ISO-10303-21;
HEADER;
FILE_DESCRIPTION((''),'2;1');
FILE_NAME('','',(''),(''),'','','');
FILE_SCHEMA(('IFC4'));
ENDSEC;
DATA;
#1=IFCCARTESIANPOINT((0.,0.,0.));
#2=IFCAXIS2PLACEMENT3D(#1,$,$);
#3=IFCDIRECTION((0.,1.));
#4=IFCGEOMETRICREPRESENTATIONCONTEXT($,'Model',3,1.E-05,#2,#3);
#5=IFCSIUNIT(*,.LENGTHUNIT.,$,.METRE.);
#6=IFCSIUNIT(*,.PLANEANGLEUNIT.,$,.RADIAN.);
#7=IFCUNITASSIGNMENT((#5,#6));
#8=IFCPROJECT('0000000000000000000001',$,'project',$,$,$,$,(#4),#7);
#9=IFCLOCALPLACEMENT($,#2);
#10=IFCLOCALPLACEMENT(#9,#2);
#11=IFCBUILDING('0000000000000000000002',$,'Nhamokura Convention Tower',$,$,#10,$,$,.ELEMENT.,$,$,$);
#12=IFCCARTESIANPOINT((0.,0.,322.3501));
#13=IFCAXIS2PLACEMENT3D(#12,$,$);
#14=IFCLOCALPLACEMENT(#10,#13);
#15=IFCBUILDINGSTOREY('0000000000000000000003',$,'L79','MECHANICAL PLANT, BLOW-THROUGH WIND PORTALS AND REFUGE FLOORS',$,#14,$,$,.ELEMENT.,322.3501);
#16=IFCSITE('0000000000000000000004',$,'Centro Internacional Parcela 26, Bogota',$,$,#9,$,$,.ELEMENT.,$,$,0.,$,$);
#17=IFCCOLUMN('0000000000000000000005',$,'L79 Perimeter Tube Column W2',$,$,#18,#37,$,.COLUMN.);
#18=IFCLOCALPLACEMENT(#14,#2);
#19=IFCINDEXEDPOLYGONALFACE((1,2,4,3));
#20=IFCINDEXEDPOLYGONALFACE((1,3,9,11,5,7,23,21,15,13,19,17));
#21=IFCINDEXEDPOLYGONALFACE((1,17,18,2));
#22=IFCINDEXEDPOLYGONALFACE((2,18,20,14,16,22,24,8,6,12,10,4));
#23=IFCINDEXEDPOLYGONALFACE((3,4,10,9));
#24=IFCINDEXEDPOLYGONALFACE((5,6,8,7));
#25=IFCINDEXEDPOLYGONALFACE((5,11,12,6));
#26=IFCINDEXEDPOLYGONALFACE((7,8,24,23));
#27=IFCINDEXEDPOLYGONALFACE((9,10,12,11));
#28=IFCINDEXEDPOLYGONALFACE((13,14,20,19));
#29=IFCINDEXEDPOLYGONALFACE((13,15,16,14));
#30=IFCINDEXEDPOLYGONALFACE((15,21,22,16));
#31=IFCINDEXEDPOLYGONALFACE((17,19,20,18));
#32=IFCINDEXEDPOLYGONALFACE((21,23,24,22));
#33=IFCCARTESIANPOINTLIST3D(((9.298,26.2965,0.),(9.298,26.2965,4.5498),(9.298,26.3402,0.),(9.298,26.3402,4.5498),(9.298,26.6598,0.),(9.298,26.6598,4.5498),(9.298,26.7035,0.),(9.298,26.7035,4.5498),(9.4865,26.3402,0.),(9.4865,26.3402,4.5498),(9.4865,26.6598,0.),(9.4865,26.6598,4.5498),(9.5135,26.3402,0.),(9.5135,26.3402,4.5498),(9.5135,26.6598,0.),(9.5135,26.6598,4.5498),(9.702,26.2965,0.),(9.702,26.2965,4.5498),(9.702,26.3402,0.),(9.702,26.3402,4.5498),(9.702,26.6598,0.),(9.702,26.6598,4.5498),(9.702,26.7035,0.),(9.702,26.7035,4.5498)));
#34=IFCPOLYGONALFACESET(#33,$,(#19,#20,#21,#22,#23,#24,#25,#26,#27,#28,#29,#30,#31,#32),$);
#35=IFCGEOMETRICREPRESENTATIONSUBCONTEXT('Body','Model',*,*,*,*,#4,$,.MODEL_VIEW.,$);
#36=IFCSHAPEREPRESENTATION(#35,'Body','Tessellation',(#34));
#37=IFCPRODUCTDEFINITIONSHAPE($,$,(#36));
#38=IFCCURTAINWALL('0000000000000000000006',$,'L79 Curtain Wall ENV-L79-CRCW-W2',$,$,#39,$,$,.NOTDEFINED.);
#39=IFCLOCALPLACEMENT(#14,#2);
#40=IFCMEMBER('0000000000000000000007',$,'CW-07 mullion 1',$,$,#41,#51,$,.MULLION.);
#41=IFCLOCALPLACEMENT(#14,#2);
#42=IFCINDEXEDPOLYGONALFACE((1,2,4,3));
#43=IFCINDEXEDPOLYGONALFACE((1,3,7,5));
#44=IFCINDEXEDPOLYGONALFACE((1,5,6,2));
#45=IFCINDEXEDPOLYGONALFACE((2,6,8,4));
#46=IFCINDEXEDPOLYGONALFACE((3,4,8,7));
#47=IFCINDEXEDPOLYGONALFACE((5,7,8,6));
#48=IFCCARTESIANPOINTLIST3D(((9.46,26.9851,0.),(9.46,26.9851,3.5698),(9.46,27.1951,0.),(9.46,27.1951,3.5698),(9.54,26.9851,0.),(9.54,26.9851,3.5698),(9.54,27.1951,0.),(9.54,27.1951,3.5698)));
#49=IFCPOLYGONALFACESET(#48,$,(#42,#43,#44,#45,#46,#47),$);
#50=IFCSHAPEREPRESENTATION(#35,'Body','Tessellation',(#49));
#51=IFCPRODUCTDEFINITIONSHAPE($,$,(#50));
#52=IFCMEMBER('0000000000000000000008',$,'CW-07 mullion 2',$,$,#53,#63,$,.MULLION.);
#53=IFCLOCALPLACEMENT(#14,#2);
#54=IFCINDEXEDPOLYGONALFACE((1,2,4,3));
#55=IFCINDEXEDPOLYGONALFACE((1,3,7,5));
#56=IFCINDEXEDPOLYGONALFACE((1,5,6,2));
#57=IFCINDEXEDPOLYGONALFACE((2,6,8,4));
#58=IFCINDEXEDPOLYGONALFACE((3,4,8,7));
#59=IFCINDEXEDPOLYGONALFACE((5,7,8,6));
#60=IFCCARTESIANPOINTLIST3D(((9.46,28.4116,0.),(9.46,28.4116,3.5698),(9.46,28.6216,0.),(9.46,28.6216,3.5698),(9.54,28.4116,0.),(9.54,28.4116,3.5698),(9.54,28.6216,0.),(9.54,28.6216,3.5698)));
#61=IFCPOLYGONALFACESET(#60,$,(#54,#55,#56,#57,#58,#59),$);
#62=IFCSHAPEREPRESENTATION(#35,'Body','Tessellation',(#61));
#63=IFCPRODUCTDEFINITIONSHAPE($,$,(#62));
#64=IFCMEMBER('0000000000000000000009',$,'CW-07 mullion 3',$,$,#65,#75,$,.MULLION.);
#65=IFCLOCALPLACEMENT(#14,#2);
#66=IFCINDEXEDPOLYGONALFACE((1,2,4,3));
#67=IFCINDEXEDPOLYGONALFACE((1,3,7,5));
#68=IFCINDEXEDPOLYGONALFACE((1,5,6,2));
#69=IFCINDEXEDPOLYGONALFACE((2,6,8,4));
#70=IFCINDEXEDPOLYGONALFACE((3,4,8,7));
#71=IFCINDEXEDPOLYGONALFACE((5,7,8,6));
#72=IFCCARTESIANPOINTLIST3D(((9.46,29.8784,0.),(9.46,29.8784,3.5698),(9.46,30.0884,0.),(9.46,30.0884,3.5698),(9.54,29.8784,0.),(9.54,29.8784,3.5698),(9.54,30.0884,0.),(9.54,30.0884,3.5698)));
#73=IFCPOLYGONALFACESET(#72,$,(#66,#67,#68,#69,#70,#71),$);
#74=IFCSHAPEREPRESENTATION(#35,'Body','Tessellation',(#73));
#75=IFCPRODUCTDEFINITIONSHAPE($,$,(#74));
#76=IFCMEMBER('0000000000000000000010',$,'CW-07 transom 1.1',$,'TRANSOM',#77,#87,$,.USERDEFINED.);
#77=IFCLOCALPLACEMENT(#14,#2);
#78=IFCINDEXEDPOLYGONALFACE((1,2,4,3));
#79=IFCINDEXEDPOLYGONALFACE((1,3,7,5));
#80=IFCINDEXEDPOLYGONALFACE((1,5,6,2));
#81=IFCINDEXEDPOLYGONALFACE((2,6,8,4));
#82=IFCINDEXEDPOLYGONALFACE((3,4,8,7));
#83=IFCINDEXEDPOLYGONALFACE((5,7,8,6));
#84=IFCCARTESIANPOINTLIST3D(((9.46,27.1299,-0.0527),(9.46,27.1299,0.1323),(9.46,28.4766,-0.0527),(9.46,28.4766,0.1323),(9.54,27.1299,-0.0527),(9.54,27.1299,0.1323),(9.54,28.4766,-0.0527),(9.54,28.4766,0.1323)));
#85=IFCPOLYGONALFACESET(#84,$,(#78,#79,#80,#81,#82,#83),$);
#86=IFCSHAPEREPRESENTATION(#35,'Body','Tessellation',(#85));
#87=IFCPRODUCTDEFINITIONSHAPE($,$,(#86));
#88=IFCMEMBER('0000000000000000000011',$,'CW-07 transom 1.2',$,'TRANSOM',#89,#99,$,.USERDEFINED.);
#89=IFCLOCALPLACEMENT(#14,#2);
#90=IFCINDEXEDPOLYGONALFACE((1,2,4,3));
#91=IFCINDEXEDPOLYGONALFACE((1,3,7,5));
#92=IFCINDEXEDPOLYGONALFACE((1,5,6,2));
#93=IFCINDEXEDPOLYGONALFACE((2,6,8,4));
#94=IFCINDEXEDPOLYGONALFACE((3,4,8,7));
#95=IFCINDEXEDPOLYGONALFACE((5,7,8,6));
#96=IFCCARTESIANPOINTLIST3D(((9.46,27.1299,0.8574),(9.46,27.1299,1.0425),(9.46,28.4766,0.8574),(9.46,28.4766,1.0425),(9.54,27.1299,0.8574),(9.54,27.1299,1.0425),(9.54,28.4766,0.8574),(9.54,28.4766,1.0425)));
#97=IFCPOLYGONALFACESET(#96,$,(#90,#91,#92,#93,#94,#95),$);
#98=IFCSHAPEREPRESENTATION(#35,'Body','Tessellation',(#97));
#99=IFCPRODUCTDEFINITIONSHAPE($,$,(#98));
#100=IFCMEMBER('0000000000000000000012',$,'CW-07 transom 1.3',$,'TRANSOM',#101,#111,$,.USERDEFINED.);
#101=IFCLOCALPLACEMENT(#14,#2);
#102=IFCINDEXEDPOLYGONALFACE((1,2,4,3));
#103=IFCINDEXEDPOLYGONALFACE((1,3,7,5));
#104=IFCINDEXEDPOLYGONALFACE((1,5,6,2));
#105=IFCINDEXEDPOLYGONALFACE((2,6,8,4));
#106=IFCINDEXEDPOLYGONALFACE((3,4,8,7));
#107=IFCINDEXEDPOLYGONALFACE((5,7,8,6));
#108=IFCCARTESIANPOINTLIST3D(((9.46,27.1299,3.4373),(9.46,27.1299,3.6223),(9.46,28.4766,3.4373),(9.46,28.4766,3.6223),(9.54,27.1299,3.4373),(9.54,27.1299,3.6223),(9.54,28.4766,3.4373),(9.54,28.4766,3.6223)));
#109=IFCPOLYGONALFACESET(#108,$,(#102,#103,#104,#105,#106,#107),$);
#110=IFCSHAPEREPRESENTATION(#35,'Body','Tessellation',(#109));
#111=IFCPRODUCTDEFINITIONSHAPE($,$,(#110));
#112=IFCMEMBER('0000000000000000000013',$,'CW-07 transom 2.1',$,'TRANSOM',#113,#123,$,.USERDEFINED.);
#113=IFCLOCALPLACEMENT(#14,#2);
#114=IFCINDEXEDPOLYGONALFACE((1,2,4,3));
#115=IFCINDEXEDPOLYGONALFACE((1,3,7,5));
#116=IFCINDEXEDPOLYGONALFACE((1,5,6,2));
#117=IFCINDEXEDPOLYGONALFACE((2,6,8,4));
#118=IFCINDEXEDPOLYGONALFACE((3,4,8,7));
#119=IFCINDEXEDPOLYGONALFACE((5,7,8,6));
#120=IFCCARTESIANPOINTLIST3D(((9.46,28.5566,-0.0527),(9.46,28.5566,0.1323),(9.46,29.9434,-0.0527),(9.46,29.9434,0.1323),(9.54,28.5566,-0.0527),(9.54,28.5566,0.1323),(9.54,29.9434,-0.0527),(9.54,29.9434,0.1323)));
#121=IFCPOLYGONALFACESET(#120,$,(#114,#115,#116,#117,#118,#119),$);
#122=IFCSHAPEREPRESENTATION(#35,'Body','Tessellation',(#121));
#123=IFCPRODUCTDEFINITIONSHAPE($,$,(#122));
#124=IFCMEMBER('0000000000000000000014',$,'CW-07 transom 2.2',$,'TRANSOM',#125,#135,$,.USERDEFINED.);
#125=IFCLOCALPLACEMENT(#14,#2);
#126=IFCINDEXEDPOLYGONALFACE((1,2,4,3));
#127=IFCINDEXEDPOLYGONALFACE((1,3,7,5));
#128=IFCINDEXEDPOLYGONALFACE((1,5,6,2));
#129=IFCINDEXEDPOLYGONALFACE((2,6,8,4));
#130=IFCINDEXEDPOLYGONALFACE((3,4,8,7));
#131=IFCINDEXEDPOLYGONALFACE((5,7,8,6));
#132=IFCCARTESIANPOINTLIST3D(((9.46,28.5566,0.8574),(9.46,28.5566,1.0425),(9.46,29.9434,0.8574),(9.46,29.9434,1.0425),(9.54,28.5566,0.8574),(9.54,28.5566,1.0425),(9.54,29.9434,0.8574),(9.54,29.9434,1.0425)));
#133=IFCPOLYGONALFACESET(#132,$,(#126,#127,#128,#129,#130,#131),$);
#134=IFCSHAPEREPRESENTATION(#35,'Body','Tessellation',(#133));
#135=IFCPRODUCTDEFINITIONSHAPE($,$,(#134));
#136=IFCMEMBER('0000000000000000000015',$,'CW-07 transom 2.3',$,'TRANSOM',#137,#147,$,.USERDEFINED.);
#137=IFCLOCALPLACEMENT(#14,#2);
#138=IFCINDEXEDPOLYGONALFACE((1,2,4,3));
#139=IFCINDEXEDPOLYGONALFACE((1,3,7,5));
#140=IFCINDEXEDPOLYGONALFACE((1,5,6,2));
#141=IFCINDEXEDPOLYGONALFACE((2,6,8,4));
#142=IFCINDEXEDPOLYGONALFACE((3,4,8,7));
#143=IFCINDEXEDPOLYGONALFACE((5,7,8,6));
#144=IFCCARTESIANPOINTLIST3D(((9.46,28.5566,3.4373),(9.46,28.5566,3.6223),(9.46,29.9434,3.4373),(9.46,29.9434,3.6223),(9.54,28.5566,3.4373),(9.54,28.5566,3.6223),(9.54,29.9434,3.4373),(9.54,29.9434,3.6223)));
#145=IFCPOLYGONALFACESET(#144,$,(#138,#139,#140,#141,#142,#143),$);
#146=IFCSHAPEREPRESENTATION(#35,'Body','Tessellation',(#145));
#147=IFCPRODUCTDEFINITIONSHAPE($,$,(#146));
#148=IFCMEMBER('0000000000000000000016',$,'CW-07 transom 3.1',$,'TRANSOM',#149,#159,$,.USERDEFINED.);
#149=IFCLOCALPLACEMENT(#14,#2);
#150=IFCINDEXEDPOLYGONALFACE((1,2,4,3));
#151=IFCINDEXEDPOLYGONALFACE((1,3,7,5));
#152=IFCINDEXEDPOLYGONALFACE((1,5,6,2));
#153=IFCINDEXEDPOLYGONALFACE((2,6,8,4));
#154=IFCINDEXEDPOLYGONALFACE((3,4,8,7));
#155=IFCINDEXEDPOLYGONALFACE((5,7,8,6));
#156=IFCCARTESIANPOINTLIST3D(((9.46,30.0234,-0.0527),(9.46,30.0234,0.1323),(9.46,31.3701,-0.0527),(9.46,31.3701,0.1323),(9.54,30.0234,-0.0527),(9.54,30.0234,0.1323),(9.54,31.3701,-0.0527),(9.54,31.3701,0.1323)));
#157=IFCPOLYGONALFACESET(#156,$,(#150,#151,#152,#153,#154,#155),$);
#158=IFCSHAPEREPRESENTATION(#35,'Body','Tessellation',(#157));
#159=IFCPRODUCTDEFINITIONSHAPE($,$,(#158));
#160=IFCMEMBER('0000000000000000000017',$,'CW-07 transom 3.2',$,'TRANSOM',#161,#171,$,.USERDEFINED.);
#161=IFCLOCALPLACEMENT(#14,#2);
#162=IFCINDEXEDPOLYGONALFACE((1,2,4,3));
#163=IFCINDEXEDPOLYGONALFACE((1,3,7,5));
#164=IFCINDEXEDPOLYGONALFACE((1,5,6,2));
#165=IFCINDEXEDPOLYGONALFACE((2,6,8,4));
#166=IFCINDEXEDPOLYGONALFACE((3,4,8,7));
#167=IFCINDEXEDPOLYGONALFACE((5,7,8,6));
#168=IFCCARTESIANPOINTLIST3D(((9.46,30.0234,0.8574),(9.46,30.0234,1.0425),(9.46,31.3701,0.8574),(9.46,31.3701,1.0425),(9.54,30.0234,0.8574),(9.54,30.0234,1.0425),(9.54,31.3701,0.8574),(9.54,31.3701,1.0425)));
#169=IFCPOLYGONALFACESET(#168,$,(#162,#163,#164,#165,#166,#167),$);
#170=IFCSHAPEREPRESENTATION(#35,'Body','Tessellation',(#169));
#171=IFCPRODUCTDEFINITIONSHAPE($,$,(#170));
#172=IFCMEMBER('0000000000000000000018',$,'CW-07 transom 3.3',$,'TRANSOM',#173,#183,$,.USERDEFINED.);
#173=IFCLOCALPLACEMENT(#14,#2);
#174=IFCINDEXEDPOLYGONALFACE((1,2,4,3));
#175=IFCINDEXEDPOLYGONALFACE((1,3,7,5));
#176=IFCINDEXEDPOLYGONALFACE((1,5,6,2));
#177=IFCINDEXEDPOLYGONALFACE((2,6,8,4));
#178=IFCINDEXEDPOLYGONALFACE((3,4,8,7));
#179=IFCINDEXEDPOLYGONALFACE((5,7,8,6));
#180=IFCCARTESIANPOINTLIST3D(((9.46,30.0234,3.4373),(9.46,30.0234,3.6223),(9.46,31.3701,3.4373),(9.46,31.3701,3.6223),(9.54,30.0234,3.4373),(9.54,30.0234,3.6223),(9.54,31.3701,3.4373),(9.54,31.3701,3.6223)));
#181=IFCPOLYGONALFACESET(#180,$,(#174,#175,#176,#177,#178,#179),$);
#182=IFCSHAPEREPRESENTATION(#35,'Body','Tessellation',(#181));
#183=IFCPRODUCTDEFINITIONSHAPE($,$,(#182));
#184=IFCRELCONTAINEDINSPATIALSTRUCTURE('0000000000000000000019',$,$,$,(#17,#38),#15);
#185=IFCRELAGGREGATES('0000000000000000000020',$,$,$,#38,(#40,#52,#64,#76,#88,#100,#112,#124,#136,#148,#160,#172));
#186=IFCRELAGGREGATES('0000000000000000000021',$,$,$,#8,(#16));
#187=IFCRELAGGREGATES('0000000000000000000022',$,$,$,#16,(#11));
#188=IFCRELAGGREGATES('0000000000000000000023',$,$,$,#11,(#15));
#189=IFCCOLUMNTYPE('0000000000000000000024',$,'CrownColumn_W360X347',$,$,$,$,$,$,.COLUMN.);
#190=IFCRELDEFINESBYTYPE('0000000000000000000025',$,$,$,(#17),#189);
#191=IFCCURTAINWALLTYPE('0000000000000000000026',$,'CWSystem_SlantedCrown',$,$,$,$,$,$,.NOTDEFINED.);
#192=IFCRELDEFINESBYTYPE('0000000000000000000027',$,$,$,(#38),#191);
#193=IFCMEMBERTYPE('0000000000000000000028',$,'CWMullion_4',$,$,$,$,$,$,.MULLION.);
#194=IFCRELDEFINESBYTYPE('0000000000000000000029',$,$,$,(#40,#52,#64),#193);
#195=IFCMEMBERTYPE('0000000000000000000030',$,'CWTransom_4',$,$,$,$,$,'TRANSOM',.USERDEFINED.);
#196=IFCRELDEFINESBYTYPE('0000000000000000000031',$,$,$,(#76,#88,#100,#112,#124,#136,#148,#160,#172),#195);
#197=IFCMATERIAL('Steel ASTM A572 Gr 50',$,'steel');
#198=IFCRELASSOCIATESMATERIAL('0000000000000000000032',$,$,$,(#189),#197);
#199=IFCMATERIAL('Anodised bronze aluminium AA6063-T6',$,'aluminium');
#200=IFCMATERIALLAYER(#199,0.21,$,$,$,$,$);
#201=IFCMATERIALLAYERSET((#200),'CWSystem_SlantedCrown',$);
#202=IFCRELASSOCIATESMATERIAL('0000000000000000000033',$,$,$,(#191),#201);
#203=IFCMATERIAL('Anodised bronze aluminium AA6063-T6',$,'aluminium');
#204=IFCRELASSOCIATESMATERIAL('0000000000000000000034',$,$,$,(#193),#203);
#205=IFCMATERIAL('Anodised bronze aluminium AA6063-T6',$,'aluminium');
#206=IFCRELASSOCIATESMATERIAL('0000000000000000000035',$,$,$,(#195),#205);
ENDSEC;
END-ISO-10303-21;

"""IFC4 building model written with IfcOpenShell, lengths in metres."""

from ifc_helpers import new_model, si_unit, direction, frame, origin, origin_2d, place, context, subcontext, project, spatial, rectangle, i_section, extrude, material, layer, layer_set, material_profile, profile_set, type_object, element, aggregate, save


model = new_model("IFC4")

# Units and contexts
model_context = context("Model", 3, precision=1e-05, world=origin(), true_north=direction((0.0, 1.0)))
body_context = subcontext(model_context, "Body", "Model", "MODEL_VIEW")
ifc_project = project(units=[si_unit("LENGTHUNIT", "METRE"), si_unit("PLANEANGLEUNIT", "RADIAN")], contexts=[model_context])

# Site, building, storey
site_placement = place(None, origin())
site = spatial("IfcSite", under=ifc_project, at=site_placement, Name="Centro Internacional Parcela 26, Bogota", CompositionType="ELEMENT", RefElevation=0.0)
building_placement = place(site_placement, origin())
building = spatial("IfcBuilding", under=site, at=building_placement, Name="Nhamokura Convention Tower", CompositionType="ELEMENT")
storey_placement = place(building_placement, frame((0.0, 0.0, 322.3501)))
storey = spatial("IfcBuildingStorey", under=building, at=storey_placement, Name="L79", Description="MECHANICAL PLANT, BLOW-THROUGH WIND PORTALS AND REFUGE FLOORS", CompositionType="ELEMENT", Elevation=322.3501)

# Column
ifc_material_1 = material(Name="Steel ASTM A572 Gr 50", Category="steel")
ifc_material_profile_1 = material_profile(ifc_material_1, i_section(OverallWidth=0.4041, OverallDepth=0.407, WebThickness=0.0271, FlangeThickness=0.0437, at=origin_2d()))
ifc_profile_set_1 = profile_set([ifc_material_profile_1], Name="Steel ASTM A572 Gr 50")
column_type = type_object("IfcColumnType", Name="CrownColumn_W360X347", PredefinedType="COLUMN", material=ifc_profile_set_1)
column_placement = place(storey_placement, frame((9.5, 26.5, 0.0), z_axis=(0.0, 0.0, 1.0), x_axis=(1.0, 0.0, 0.0)))
element("IfcColumn", 1, at=column_placement, inside=storey, type_object=column_type, Name="L79 Perimeter Tube Column W2", PredefinedType="COLUMN", context=body_context, shape_type="SweptSolid", body=[
    extrude(i_section(OverallWidth=0.4041, OverallDepth=0.407, WebThickness=0.0271, FlangeThickness=0.0437, at=origin_2d()), origin(), (0.0, 0.0, 1.0), 4.5498),
])

# Curtain wall, members
ifc_material_2 = material(Name="Anodised bronze aluminium AA6063-T6", Category="aluminium")
ifc_layer_1 = layer(ifc_material_2, 0.21)
ifc_layer_set_1 = layer_set([ifc_layer_1], Name="CWSystem_SlantedCrown")
curtain_wall_type = type_object("IfcCurtainWallType", Name="CWSystem_SlantedCrown", PredefinedType="NOTDEFINED", material=ifc_layer_set_1)
curtain_wall_placement = place(storey_placement, origin())
curtain_wall = element("IfcCurtainWall", 2, at=curtain_wall_placement, inside=storey, type_object=curtain_wall_type, Name="L79 Curtain Wall ENV-L79-CRCW-W2", PredefinedType="NOTDEFINED")
ifc_material_3 = material(Name="Anodised bronze aluminium AA6063-T6", Category="aluminium")
ifc_material_profile_2 = material_profile(ifc_material_3, rectangle(XDim=0.0801, YDim=0.21, at=origin_2d()))
ifc_profile_set_2 = profile_set([ifc_material_profile_2], Name="Anodised bronze aluminium AA6063-T6")
member_type_1 = type_object("IfcMemberType", Name="CWMullion_4", PredefinedType="MULLION", material=ifc_profile_set_2)
member_1_placement = place(storey_placement, frame((9.5, 27.0901, 0.0), z_axis=(0.0, 0.0, 1.0), x_axis=(-1.0, 0.0, 0.0)))
member_1 = element("IfcMember", 3, at=member_1_placement, type_object=member_type_1, Name="CW-07 mullion 1", PredefinedType="MULLION", context=body_context, shape_type="SweptSolid", body=[
    extrude(rectangle(XDim=0.0801, YDim=0.21, at=origin_2d()), origin(), (0.0, 0.0, 1.0), 3.5698),
])
member_2_placement = place(storey_placement, frame((9.5, 28.5166, 0.0), z_axis=(0.0, 0.0, 1.0), x_axis=(-1.0, 0.0, 0.0)))
member_2 = element("IfcMember", 4, at=member_2_placement, type_object=member_type_1, Name="CW-07 mullion 2", PredefinedType="MULLION", context=body_context, shape_type="SweptSolid", body=[
    extrude(rectangle(XDim=0.0801, YDim=0.21, at=origin_2d()), origin(), (0.0, 0.0, 1.0), 3.5698),
])
member_3_placement = place(storey_placement, frame((9.5, 29.9834, 0.0), z_axis=(0.0, 0.0, 1.0), x_axis=(-1.0, 0.0, 0.0)))
member_3 = element("IfcMember", 5, at=member_3_placement, type_object=member_type_1, Name="CW-07 mullion 3", PredefinedType="MULLION", context=body_context, shape_type="SweptSolid", body=[
    extrude(rectangle(XDim=0.0801, YDim=0.21, at=origin_2d()), origin(), (0.0, 0.0, 1.0), 3.5698),
])
ifc_material_4 = material(Name="Anodised bronze aluminium AA6063-T6", Category="aluminium")
ifc_material_profile_3 = material_profile(ifc_material_4, rectangle(XDim=0.0801, YDim=0.1851, at=origin_2d()))
ifc_profile_set_3 = profile_set([ifc_material_profile_3], Name="Anodised bronze aluminium AA6063-T6")
member_type_2 = type_object("IfcMemberType", Name="CWTransom_4", ElementType="TRANSOM", PredefinedType="USERDEFINED", material=ifc_profile_set_3)
member_4_placement = place(storey_placement, frame((9.5, 27.1299, 0.0398), z_axis=(0.0, 1.0, 0.0), x_axis=(-1.0, 0.0, 0.0)))
member_4 = element("IfcMember", 6, at=member_4_placement, type_object=member_type_2, Name="CW-07 transom 1.1", ObjectType="TRANSOM", PredefinedType="USERDEFINED", context=body_context, shape_type="SweptSolid", body=[
    extrude(rectangle(XDim=0.0801, YDim=0.1851, at=origin_2d()), origin(), (0.0, 0.0, 1.0), 1.3467),
])
member_5_placement = place(storey_placement, frame((9.5, 27.1299, 0.95), z_axis=(0.0, 1.0, 0.0), x_axis=(-1.0, 0.0, 0.0)))
member_5 = element("IfcMember", 7, at=member_5_placement, type_object=member_type_2, Name="CW-07 transom 1.2", ObjectType="TRANSOM", PredefinedType="USERDEFINED", context=body_context, shape_type="SweptSolid", body=[
    extrude(rectangle(XDim=0.0801, YDim=0.1851, at=origin_2d()), origin(), (0.0, 0.0, 1.0), 1.3467),
])
member_6_placement = place(storey_placement, frame((9.5, 27.1299, 3.5298), z_axis=(0.0, 1.0, 0.0), x_axis=(-1.0, 0.0, 0.0)))
member_6 = element("IfcMember", 8, at=member_6_placement, type_object=member_type_2, Name="CW-07 transom 1.3", ObjectType="TRANSOM", PredefinedType="USERDEFINED", context=body_context, shape_type="SweptSolid", body=[
    extrude(rectangle(XDim=0.0801, YDim=0.1851, at=origin_2d()), origin(), (0.0, 0.0, 1.0), 1.3467),
])
member_7_placement = place(storey_placement, frame((9.5, 28.5566, 0.0398), z_axis=(0.0, 1.0, 0.0), x_axis=(-1.0, 0.0, 0.0)))
member_7 = element("IfcMember", 9, at=member_7_placement, type_object=member_type_2, Name="CW-07 transom 2.1", ObjectType="TRANSOM", PredefinedType="USERDEFINED", context=body_context, shape_type="SweptSolid", body=[
    extrude(rectangle(XDim=0.0801, YDim=0.1851, at=origin_2d()), origin(), (0.0, 0.0, 1.0), 1.3867),
])
member_8_placement = place(storey_placement, frame((9.5, 28.5566, 0.95), z_axis=(0.0, 1.0, 0.0), x_axis=(-1.0, 0.0, 0.0)))
member_8 = element("IfcMember", 10, at=member_8_placement, type_object=member_type_2, Name="CW-07 transom 2.2", ObjectType="TRANSOM", PredefinedType="USERDEFINED", context=body_context, shape_type="SweptSolid", body=[
    extrude(rectangle(XDim=0.0801, YDim=0.1851, at=origin_2d()), origin(), (0.0, 0.0, 1.0), 1.3867),
])
member_9_placement = place(storey_placement, frame((9.5, 28.5566, 3.5298), z_axis=(0.0, 1.0, 0.0), x_axis=(-1.0, 0.0, 0.0)))
member_9 = element("IfcMember", 11, at=member_9_placement, type_object=member_type_2, Name="CW-07 transom 2.3", ObjectType="TRANSOM", PredefinedType="USERDEFINED", context=body_context, shape_type="SweptSolid", body=[
    extrude(rectangle(XDim=0.0801, YDim=0.1851, at=origin_2d()), origin(), (0.0, 0.0, 1.0), 1.3867),
])
member_10_placement = place(storey_placement, frame((9.5, 30.0234, 0.0398), z_axis=(0.0, 1.0, 0.0), x_axis=(-1.0, 0.0, 0.0)))
member_10 = element("IfcMember", 12, at=member_10_placement, type_object=member_type_2, Name="CW-07 transom 3.1", ObjectType="TRANSOM", PredefinedType="USERDEFINED", context=body_context, shape_type="SweptSolid", body=[
    extrude(rectangle(XDim=0.0801, YDim=0.1851, at=origin_2d()), origin(), (0.0, 0.0, 1.0), 1.3467),
])
member_11_placement = place(storey_placement, frame((9.5, 30.0234, 0.95), z_axis=(0.0, 1.0, 0.0), x_axis=(-1.0, 0.0, 0.0)))
member_11 = element("IfcMember", 13, at=member_11_placement, type_object=member_type_2, Name="CW-07 transom 3.2", ObjectType="TRANSOM", PredefinedType="USERDEFINED", context=body_context, shape_type="SweptSolid", body=[
    extrude(rectangle(XDim=0.0801, YDim=0.1851, at=origin_2d()), origin(), (0.0, 0.0, 1.0), 1.3467),
])
member_12_placement = place(storey_placement, frame((9.5, 30.0234, 3.5298), z_axis=(0.0, 1.0, 0.0), x_axis=(-1.0, 0.0, 0.0)))
member_12 = element("IfcMember", 14, at=member_12_placement, type_object=member_type_2, Name="CW-07 transom 3.3", ObjectType="TRANSOM", PredefinedType="USERDEFINED", context=body_context, shape_type="SweptSolid", body=[
    extrude(rectangle(XDim=0.0801, YDim=0.1851, at=origin_2d()), origin(), (0.0, 0.0, 1.0), 1.3467),
])

aggregate(curtain_wall, [member_1, member_2, member_3, member_4, member_5, member_6, member_7, member_8, member_9, member_10, member_11, member_12])

save(model, "model.ifc")
